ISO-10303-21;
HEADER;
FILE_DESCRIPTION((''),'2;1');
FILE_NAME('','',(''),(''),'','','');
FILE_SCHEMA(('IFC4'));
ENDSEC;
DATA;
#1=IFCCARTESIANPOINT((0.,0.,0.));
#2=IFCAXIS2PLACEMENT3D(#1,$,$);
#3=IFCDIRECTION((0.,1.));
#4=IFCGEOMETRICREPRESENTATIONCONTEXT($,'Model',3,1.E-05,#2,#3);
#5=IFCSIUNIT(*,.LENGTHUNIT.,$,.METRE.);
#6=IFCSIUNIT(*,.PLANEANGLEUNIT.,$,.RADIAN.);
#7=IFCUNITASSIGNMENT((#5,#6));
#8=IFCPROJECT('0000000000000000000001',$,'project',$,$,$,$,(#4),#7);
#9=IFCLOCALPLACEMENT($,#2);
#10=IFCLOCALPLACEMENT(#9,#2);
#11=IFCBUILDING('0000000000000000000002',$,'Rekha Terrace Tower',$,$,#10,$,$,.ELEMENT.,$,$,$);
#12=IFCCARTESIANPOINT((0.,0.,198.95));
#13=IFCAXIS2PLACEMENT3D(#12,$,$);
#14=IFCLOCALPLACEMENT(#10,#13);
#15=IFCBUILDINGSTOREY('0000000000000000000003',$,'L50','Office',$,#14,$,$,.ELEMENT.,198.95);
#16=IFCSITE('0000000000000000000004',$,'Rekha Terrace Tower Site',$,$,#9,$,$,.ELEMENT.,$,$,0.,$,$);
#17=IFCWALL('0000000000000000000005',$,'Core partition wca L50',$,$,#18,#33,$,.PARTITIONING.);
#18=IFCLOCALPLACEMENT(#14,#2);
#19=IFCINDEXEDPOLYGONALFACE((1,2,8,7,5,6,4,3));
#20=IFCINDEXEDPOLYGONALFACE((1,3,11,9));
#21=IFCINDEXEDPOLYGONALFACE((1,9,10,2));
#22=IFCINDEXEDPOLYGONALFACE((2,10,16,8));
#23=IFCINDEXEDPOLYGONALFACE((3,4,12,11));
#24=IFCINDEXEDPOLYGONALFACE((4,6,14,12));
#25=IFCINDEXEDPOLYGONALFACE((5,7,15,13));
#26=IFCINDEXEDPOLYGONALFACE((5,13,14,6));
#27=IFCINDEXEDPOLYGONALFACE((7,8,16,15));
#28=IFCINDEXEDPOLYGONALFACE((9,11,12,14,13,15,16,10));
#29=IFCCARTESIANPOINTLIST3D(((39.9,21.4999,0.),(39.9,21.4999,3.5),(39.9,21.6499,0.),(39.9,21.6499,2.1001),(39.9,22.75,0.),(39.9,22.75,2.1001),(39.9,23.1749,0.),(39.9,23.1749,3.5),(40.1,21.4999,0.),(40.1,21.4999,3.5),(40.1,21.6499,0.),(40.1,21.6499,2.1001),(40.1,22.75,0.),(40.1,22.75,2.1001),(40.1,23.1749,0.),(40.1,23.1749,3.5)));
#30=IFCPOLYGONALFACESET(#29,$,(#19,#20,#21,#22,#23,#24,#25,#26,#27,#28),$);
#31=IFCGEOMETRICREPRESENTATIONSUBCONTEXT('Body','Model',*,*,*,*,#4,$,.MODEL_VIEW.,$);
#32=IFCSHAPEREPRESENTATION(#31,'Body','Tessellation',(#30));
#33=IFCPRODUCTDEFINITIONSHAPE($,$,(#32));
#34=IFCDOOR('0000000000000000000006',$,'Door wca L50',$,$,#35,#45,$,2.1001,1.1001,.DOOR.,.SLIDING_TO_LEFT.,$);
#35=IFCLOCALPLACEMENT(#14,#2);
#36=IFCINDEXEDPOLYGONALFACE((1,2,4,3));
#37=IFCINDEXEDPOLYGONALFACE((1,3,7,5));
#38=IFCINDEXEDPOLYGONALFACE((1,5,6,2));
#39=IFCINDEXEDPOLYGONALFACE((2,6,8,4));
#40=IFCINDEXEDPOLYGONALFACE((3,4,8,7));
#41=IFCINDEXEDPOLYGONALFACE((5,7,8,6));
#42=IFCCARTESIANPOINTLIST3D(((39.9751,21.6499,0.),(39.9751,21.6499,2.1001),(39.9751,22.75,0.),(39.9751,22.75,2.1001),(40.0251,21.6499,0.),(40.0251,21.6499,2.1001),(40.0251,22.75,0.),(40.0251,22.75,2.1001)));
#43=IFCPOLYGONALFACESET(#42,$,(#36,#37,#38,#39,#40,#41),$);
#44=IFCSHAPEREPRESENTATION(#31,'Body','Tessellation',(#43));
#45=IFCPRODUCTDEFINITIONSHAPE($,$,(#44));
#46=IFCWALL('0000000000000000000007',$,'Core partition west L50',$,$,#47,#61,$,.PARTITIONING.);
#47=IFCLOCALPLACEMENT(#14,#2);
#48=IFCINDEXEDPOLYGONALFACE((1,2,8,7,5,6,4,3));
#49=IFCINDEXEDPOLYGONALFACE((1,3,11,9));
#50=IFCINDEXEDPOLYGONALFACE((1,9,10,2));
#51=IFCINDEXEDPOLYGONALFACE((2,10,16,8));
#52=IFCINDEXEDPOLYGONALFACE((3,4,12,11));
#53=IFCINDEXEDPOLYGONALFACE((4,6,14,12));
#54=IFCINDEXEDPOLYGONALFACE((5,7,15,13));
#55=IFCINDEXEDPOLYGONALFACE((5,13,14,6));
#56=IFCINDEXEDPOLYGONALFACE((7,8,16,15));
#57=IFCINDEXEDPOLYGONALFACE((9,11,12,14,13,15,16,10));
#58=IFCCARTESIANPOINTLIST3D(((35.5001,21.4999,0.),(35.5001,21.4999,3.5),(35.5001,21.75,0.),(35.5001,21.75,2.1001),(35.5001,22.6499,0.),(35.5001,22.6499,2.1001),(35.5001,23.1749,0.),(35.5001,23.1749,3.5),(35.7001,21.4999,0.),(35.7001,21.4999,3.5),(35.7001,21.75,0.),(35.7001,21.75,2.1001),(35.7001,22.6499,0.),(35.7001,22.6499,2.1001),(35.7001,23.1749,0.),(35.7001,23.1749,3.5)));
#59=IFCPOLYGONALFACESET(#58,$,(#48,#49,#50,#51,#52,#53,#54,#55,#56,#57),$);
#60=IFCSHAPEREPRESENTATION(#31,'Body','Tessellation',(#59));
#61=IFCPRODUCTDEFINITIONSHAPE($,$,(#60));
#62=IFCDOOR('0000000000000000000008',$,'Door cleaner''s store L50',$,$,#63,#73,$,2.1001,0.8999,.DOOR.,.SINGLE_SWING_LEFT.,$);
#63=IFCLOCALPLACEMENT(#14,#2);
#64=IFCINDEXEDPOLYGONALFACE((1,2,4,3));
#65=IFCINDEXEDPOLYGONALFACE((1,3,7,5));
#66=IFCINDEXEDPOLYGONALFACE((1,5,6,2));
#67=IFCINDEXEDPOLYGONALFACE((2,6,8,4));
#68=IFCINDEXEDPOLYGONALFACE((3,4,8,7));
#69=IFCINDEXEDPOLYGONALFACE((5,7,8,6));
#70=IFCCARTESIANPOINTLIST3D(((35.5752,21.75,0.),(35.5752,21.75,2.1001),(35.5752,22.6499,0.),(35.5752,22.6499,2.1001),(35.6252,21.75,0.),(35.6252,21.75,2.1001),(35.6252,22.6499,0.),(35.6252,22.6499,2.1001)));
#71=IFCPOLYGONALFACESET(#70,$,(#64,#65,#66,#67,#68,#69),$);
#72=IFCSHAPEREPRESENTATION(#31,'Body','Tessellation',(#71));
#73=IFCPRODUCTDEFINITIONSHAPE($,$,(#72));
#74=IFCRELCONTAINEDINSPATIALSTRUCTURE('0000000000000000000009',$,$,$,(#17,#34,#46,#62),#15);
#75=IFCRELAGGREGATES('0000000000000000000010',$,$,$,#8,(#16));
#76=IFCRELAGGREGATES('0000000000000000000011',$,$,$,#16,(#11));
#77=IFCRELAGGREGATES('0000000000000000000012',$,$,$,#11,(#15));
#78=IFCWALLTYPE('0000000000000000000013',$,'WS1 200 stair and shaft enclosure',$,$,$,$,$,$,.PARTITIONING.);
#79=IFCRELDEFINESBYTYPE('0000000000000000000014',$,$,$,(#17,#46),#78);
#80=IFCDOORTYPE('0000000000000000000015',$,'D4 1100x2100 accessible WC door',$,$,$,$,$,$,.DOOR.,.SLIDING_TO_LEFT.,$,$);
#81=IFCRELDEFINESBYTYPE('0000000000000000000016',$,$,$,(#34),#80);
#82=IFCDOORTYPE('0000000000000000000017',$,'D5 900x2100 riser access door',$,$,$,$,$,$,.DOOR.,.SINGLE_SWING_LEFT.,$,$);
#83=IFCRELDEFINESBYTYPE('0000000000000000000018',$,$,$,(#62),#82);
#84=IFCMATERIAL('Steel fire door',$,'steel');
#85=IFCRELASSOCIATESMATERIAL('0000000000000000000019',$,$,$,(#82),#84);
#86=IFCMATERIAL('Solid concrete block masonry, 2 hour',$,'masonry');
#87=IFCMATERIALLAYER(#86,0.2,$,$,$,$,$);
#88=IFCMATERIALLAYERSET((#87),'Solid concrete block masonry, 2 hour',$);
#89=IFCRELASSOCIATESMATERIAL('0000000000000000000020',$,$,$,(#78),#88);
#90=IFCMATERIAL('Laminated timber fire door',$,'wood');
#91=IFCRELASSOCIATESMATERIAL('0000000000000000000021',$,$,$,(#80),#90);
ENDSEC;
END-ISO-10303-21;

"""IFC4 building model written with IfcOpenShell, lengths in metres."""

from ifc_helpers import new_model, si_unit, direction, frame, frame_2d, origin, place, context, subcontext, project, spatial, rectangle, extrude, material, layer, layer_set, type_object, element, fill, save


model = new_model("IFC4")

# Units and contexts
model_context = context("Model", 3, precision=1e-05, world=origin(), true_north=direction((0.0, 1.0)))
body_context = subcontext(model_context, "Body", "Model", "MODEL_VIEW")
ifc_project = project(units=[si_unit("LENGTHUNIT", "METRE"), si_unit("PLANEANGLEUNIT", "RADIAN")], contexts=[model_context])

# Site, building, storey
site_placement = place(None, origin())
site = spatial("IfcSite", under=ifc_project, at=site_placement, Name="Rekha Terrace Tower Site", CompositionType="ELEMENT", RefElevation=0.0)
building_placement = place(site_placement, origin())
building = spatial("IfcBuilding", under=site, at=building_placement, Name="Rekha Terrace Tower", CompositionType="ELEMENT")
storey_placement = place(building_placement, frame((0.0, 0.0, 198.95)))
storey = spatial("IfcBuildingStorey", under=building, at=storey_placement, Name="L50", Description="Office", CompositionType="ELEMENT", Elevation=198.95)

# Shared definitions
ifc_material_1 = material(Name="Laminated timber fire door", Category="wood")
ifc_material_2 = material(Name="Steel fire door", Category="steel")
door_type_1 = type_object("IfcDoorType", Name="D5 900x2100 riser access door", OperationType="SINGLE_SWING_LEFT", PredefinedType="DOOR", material=ifc_material_2)

# Shared definitions
ifc_material_3 = material(Name="Solid concrete block masonry, 2 hour", Category="masonry")
ifc_layer_1 = layer(ifc_material_3, 0.2)
ifc_layer_set_1 = layer_set([ifc_layer_1], Name="Solid concrete block masonry, 2 hour")
wall_type_1 = type_object("IfcWallType", Name="WS1 200 stair and shaft enclosure", PredefinedType="PARTITIONING", material=ifc_layer_set_1)

# Walls, openings, doors
wall_1_placement = place(storey_placement, frame((40.0, 21.5, 0.0), z_axis=(0.0, 0.0, 1.0), x_axis=(0.0, 1.0, 0.0)))
wall_1 = element("IfcWall", 1, at=wall_1_placement, inside=storey, type_object=wall_type_1, Name="Core partition wca L50", PredefinedType="PARTITIONING", context=body_context, shape_type="SweptSolid", body=[
    extrude(rectangle(XDim=1.675, YDim=0.2, at=frame_2d((0.8374, 0.0))), origin(), (0.0, 0.0, 1.0), 3.5),
])
opening_1_placement = place(wall_1_placement, frame((0.1499, 0.0, 0.0)))
opening_1 = element("IfcOpeningElement", 2, at=opening_1_placement, cuts=wall_1, PredefinedType="OPENING", context=body_context, shape_type="SweptSolid", body=[
    extrude(rectangle(XDim=1.1001, YDim=2.1001, at=frame_2d((0.55, 1.05))), frame((0.0, 0.1099, 0.0), z_axis=(0.0, -1.0, 0.0), x_axis=(1.0, 0.0, 0.0)), (0.0, 0.0, 1.0), 0.22),
])
door_type_2 = type_object("IfcDoorType", Name="D4 1100x2100 accessible WC door", OperationType="SLIDING_TO_LEFT", PredefinedType="DOOR", material=ifc_material_1)
door_1_placement = place(opening_1_placement, origin())
door_1 = element("IfcDoor", 3, at=door_1_placement, inside=storey, type_object=door_type_2, Name="Door wca L50", OperationType="SLIDING_TO_LEFT", OverallHeight=2.1001, OverallWidth=1.1001, PredefinedType="DOOR", context=body_context, shape_type="SweptSolid", body=[
    extrude(rectangle(XDim=1.1001, YDim=2.1001, at=frame_2d((0.55, 1.05))), frame((0.0, 0.0249, 0.0), z_axis=(0.0, -1.0, 0.0), x_axis=(1.0, 0.0, 0.0)), (0.0, 0.0, 1.0), 0.05),
])
fill(opening_1, door_1)
wall_2_placement = place(storey_placement, frame((35.6001, 21.5, 0.0), z_axis=(0.0, 0.0, 1.0), x_axis=(0.0, 1.0, 0.0)))
wall_2 = element("IfcWall", 4, at=wall_2_placement, inside=storey, type_object=wall_type_1, Name="Core partition west L50", PredefinedType="PARTITIONING", context=body_context, shape_type="SweptSolid", body=[
    extrude(rectangle(XDim=1.675, YDim=0.2, at=frame_2d((0.8374, 0.0))), origin(), (0.0, 0.0, 1.0), 3.5),
])
opening_2_placement = place(wall_2_placement, frame((0.25, 0.0, 0.0)))
opening_2 = element("IfcOpeningElement", 5, at=opening_2_placement, cuts=wall_2, PredefinedType="OPENING", context=body_context, shape_type="SweptSolid", body=[
    extrude(rectangle(XDim=0.8999, YDim=2.1001, at=frame_2d((0.45, 1.05))), frame((0.0, 0.1099, 0.0), z_axis=(0.0, -1.0, 0.0), x_axis=(1.0, 0.0, 0.0)), (0.0, 0.0, 1.0), 0.22),
])
door_2_placement = place(opening_2_placement, origin())
door_2 = element("IfcDoor", 6, at=door_2_placement, inside=storey, type_object=door_type_1, Name="Door cleaner's store L50", OperationType="SINGLE_SWING_LEFT", OverallHeight=2.1001, OverallWidth=0.8999, PredefinedType="DOOR", context=body_context, shape_type="SweptSolid", body=[
    extrude(rectangle(XDim=0.8999, YDim=2.1001, at=frame_2d((0.45, 1.05))), frame((0.0, 0.0249, 0.0), z_axis=(0.0, -1.0, 0.0), x_axis=(1.0, 0.0, 0.0)), (0.0, 0.0, 1.0), 0.05),
])
fill(opening_2, door_2)

save(model, "model.ifc")
